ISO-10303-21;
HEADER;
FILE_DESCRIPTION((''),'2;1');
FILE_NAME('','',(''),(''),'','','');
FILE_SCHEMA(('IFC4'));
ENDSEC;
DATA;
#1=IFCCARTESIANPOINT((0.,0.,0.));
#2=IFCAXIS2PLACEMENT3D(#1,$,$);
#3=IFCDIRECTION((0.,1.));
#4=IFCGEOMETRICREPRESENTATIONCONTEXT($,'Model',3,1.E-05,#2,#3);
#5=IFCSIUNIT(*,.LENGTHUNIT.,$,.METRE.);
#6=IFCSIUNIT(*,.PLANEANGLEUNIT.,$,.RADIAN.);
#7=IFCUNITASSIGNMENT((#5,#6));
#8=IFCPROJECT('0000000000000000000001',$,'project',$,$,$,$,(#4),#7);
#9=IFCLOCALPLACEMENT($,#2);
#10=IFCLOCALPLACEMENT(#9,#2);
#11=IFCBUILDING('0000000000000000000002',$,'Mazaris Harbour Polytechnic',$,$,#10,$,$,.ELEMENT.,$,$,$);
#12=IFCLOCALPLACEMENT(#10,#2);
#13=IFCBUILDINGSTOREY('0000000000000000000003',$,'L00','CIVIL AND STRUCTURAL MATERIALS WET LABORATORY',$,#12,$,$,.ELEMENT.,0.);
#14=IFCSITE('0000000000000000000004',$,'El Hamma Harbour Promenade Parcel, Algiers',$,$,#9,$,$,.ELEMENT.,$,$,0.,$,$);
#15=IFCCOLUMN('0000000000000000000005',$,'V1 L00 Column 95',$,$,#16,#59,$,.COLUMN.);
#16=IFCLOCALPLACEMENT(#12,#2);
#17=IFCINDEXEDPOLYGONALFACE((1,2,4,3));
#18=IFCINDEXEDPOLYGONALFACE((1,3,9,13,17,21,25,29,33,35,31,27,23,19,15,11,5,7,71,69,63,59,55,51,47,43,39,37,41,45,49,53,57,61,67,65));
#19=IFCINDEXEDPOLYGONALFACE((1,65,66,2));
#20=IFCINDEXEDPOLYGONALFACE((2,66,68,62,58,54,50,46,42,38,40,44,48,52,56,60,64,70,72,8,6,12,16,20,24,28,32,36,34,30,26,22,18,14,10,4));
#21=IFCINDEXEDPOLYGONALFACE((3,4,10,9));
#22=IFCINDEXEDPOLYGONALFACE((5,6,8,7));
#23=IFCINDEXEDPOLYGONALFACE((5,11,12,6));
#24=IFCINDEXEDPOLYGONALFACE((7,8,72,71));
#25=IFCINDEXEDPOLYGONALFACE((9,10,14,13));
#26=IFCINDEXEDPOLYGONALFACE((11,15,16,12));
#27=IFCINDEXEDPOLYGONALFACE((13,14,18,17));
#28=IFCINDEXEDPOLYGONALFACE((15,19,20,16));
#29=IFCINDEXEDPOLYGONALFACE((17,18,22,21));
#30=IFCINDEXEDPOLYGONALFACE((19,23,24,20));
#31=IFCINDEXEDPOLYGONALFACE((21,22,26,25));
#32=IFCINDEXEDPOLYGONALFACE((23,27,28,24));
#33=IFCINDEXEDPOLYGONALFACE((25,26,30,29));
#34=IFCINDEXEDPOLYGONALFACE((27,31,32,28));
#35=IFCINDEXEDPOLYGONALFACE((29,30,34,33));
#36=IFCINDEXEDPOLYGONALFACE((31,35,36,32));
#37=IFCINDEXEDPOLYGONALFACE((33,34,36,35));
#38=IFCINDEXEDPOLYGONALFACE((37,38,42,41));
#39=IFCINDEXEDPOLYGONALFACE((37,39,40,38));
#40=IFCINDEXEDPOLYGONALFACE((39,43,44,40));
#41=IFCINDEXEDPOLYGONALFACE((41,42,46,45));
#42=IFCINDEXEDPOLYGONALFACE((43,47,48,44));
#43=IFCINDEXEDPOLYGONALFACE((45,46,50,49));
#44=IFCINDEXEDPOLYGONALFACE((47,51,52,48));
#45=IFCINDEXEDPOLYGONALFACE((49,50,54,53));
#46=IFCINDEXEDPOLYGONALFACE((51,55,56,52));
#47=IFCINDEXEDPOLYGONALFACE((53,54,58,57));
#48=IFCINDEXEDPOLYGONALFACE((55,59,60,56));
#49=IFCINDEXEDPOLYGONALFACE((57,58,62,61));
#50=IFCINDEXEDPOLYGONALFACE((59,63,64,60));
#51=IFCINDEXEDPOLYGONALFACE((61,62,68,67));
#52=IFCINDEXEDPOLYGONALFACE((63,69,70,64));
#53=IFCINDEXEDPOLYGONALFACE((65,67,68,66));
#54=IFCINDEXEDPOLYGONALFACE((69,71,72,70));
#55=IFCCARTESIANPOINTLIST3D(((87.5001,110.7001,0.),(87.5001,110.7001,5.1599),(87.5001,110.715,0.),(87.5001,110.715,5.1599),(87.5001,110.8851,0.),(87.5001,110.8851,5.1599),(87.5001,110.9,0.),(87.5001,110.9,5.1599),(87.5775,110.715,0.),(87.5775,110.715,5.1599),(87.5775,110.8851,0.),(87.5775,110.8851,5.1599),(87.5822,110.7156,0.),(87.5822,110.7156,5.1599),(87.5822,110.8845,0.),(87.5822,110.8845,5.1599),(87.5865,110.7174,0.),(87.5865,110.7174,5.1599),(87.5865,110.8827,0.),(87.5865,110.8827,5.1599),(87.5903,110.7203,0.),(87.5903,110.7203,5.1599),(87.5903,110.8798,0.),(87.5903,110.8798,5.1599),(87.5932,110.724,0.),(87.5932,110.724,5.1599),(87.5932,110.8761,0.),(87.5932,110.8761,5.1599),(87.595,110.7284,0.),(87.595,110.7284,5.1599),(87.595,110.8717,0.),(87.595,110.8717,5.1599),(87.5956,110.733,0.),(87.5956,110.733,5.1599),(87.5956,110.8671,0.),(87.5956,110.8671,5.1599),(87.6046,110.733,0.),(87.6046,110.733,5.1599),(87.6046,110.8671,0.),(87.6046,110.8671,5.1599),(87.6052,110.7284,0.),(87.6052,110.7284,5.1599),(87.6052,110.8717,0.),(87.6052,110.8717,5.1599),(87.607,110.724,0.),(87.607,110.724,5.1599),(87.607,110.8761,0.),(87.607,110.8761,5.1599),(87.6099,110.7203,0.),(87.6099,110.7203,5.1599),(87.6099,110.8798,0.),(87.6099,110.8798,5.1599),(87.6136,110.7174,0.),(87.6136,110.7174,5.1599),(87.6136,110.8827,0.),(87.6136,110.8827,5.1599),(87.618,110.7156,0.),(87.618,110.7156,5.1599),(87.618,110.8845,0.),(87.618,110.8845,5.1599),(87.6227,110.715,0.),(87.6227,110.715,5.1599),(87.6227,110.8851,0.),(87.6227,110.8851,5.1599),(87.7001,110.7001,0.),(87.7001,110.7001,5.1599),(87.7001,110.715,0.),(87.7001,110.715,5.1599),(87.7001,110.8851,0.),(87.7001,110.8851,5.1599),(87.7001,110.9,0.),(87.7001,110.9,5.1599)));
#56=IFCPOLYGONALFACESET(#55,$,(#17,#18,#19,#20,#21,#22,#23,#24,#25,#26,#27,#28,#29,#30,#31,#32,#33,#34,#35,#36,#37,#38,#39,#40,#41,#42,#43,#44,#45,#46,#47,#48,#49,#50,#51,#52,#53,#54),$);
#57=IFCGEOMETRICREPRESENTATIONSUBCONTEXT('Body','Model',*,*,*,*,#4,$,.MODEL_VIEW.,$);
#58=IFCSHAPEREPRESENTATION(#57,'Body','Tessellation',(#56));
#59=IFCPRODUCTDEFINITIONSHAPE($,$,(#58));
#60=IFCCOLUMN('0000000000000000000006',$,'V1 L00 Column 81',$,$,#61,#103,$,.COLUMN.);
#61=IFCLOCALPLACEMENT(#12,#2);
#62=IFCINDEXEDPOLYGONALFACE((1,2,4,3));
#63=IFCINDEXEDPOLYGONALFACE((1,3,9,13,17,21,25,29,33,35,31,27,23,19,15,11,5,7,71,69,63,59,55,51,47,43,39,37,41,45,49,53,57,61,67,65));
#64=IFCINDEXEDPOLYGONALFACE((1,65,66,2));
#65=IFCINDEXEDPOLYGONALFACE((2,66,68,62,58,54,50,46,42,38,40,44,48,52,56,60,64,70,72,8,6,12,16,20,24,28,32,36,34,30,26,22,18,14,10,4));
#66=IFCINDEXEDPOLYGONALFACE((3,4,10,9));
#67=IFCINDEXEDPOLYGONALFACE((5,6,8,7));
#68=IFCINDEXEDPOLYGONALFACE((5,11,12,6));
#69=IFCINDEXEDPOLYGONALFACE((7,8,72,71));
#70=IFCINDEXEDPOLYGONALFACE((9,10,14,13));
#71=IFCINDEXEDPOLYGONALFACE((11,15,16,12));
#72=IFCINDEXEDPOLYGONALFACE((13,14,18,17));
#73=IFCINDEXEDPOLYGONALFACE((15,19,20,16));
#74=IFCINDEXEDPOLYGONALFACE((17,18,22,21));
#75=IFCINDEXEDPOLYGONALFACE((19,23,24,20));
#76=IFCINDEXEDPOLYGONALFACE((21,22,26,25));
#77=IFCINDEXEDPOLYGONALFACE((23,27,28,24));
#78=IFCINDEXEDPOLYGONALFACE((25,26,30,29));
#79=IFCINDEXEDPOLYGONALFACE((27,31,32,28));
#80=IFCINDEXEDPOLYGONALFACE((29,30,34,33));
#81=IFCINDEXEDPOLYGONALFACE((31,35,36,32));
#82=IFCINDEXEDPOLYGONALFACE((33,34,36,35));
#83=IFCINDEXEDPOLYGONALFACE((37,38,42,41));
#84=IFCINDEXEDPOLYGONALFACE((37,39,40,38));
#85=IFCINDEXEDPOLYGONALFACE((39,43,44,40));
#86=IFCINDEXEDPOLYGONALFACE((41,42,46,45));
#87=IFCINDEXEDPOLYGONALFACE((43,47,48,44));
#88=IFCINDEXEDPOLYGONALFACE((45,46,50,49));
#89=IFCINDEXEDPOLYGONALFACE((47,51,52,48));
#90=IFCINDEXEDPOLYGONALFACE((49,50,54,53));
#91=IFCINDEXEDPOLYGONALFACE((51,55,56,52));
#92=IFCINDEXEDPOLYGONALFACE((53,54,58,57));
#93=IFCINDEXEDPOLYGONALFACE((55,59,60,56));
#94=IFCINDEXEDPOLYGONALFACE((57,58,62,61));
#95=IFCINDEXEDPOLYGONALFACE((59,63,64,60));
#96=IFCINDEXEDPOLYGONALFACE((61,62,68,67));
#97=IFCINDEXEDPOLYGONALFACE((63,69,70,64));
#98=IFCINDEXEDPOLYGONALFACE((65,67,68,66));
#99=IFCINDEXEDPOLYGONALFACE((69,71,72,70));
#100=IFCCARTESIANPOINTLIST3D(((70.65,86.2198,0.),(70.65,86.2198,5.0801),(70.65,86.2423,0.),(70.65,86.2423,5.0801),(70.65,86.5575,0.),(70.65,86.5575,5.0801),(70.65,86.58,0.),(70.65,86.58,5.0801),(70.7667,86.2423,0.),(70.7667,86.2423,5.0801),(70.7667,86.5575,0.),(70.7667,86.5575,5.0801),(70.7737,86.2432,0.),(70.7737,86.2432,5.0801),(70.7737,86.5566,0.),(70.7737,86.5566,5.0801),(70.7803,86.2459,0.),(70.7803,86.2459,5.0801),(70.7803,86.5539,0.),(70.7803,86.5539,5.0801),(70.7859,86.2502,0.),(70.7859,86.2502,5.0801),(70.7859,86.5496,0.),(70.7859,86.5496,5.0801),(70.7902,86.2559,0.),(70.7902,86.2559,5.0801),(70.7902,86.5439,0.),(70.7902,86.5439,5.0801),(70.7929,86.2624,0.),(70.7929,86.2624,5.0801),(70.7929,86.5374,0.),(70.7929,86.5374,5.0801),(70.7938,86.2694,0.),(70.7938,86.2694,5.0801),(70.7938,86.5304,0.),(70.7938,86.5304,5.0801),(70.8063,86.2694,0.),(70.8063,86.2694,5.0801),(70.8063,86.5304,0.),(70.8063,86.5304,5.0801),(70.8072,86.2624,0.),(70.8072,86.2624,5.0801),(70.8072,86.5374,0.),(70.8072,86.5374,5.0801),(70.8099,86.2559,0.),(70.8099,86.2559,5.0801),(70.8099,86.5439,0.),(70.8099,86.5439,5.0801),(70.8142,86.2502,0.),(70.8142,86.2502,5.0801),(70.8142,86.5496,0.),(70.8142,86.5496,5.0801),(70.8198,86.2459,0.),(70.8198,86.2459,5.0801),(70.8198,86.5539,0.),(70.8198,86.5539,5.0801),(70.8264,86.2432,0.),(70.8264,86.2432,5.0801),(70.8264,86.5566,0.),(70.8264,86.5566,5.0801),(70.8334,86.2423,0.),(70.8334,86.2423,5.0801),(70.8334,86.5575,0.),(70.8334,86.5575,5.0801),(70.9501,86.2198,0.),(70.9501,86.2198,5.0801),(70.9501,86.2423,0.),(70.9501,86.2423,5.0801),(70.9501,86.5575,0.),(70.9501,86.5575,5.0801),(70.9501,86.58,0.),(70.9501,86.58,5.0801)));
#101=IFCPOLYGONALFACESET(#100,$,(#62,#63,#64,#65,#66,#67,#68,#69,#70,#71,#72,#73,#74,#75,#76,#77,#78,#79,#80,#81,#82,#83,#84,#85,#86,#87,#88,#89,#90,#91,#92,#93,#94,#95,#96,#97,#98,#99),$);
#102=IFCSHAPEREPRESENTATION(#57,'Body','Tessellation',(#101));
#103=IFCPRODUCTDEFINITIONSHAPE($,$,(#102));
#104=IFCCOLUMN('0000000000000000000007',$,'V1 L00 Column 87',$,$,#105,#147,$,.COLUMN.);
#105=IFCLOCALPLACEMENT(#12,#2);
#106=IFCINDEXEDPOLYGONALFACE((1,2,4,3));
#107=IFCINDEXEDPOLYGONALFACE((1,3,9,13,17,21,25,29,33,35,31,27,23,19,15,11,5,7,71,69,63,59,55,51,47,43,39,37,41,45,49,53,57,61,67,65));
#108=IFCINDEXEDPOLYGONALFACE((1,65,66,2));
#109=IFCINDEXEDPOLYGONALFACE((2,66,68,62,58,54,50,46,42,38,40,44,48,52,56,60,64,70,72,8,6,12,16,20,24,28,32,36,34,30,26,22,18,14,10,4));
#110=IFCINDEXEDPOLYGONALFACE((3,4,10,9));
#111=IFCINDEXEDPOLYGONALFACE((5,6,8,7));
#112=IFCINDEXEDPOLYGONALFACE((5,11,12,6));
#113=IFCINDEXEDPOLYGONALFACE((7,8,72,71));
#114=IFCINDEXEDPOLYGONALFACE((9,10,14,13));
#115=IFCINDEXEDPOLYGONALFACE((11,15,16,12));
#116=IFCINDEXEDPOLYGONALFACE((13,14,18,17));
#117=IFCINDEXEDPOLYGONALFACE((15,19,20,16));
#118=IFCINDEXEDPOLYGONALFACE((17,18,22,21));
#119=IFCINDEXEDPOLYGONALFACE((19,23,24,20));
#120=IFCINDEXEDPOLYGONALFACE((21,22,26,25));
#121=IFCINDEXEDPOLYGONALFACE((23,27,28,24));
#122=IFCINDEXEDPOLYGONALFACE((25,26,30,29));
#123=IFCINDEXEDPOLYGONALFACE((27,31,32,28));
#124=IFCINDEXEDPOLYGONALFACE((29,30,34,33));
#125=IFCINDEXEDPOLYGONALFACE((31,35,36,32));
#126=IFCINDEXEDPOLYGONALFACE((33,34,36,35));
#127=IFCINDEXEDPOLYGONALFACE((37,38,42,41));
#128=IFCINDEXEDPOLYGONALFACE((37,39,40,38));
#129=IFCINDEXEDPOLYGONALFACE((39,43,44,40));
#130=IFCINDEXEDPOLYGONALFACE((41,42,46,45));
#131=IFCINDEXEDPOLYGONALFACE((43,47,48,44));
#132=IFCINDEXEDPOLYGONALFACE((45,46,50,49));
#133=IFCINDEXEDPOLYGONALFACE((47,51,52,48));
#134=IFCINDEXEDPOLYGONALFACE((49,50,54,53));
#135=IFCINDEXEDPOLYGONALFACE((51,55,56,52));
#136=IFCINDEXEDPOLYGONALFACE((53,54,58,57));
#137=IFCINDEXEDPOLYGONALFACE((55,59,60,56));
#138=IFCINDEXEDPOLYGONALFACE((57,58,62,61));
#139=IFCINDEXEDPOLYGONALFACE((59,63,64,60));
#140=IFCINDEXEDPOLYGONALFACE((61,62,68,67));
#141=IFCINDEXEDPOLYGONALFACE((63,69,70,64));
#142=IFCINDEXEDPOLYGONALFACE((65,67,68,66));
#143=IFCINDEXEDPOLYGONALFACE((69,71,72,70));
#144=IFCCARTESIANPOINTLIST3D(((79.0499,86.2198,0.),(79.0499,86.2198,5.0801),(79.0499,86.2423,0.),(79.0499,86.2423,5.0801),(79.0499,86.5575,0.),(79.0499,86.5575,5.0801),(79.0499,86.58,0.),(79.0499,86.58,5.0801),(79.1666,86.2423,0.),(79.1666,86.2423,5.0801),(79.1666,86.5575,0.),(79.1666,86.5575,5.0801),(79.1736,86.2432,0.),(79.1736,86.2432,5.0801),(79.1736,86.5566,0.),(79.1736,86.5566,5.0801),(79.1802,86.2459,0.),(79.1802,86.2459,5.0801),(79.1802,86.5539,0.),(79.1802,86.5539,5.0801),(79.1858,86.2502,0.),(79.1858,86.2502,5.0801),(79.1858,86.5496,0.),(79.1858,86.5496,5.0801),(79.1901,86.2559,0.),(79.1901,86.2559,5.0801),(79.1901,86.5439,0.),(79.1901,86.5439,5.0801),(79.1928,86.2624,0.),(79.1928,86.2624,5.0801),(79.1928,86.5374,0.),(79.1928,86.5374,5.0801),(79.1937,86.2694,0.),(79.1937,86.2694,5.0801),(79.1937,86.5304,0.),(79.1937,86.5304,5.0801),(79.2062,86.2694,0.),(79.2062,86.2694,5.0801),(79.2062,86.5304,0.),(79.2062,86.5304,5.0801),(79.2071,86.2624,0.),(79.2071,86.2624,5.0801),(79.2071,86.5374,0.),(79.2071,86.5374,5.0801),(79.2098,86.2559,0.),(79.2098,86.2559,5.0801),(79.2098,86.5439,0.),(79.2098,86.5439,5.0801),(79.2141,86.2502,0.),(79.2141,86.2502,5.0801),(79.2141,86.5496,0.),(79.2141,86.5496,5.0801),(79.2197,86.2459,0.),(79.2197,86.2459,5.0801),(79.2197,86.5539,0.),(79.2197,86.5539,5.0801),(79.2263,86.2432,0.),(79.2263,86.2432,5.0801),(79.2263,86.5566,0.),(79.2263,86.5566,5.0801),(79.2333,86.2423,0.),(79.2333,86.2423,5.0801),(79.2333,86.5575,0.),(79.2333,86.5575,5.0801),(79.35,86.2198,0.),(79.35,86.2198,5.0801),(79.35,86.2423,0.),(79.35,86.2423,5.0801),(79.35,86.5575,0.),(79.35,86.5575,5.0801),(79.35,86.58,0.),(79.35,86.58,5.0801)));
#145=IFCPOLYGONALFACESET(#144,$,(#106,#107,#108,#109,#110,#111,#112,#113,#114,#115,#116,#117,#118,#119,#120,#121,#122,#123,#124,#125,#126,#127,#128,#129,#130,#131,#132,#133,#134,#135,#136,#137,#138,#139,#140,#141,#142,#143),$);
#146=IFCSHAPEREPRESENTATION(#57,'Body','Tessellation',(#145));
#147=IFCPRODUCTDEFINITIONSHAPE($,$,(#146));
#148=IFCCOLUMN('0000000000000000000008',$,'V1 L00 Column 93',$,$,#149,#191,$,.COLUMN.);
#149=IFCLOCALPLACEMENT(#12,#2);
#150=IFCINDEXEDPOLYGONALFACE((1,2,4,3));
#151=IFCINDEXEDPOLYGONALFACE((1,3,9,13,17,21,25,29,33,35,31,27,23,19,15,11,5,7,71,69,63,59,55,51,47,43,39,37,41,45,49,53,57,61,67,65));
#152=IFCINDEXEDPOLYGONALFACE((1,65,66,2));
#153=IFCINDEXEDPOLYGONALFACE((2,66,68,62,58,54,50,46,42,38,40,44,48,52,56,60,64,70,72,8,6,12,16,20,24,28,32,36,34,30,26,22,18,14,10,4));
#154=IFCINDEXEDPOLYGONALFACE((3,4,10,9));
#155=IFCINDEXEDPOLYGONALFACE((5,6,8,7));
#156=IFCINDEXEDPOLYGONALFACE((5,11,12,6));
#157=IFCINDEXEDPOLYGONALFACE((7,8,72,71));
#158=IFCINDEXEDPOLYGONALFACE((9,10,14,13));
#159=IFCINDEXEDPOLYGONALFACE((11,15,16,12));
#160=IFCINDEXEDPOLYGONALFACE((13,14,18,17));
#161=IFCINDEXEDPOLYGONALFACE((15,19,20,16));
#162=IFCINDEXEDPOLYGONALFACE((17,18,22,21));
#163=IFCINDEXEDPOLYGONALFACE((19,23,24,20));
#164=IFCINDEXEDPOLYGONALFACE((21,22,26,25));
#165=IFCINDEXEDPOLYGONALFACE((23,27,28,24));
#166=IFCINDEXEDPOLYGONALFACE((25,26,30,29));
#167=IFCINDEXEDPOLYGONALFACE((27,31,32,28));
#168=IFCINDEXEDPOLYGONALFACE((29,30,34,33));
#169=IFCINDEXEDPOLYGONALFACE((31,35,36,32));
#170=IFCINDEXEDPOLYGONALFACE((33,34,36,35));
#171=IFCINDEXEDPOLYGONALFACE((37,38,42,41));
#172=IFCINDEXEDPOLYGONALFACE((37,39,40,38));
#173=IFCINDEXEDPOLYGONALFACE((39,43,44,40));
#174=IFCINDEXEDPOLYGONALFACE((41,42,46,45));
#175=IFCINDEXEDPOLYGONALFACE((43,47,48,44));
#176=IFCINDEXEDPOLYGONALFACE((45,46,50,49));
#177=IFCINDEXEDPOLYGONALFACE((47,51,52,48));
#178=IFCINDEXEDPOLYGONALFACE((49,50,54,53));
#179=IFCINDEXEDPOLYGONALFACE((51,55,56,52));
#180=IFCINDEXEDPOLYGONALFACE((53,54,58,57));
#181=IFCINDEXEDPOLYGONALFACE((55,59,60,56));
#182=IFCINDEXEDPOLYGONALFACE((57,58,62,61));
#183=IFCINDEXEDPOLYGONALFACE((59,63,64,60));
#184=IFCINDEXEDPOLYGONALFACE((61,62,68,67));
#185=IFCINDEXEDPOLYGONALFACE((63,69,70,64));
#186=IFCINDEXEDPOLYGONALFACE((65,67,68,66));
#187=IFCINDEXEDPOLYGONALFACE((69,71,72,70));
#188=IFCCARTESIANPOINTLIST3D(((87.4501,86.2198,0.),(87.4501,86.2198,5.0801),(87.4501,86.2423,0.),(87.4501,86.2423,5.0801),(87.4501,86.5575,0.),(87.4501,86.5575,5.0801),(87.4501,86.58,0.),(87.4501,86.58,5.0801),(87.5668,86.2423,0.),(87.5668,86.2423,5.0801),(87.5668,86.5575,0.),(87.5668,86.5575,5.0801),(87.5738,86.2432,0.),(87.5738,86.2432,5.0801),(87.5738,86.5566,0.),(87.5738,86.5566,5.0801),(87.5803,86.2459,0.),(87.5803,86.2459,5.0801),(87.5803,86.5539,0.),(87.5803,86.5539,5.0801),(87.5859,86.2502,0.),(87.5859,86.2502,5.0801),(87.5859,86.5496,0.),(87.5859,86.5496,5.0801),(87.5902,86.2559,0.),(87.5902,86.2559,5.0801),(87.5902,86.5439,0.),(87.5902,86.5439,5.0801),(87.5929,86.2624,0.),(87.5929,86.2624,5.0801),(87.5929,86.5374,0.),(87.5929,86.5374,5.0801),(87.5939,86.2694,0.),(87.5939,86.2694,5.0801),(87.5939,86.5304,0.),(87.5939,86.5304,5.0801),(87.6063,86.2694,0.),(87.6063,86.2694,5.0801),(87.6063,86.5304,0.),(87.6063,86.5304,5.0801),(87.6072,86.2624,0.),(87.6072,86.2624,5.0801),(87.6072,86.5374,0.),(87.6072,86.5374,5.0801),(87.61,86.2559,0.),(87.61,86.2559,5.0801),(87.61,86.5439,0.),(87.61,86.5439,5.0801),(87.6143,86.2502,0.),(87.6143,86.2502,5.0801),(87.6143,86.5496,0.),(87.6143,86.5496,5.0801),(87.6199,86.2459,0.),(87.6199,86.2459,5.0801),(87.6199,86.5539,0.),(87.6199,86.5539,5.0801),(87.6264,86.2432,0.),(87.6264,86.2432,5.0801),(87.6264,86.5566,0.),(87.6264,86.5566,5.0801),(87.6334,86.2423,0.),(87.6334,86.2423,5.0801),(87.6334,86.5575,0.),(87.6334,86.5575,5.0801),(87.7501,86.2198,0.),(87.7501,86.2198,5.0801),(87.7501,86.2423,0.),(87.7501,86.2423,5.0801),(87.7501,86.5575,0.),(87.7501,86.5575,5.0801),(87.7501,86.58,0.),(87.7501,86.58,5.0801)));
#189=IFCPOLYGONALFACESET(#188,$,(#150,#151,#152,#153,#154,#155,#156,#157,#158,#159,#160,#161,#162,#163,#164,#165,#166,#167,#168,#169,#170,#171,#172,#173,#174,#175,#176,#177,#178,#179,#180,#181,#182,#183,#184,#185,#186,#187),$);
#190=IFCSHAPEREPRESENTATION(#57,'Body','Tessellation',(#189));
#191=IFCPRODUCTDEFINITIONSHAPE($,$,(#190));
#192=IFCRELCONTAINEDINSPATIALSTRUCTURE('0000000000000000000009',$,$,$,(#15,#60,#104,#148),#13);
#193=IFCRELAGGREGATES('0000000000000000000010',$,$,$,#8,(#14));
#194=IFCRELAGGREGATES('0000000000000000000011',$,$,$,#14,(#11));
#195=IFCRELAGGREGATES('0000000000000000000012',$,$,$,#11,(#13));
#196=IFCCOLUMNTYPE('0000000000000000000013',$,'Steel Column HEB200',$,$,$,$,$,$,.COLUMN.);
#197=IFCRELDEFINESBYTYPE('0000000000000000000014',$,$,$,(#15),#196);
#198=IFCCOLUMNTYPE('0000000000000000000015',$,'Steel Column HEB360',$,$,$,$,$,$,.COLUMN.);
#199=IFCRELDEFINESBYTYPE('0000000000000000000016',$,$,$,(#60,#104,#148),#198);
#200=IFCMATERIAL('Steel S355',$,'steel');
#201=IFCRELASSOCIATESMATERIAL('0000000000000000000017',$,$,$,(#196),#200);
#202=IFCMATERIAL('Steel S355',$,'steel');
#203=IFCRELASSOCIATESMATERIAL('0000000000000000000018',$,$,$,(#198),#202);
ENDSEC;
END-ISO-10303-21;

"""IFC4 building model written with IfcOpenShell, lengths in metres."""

from ifc_helpers import new_model, si_unit, direction, frame, origin, origin_2d, place, context, subcontext, project, spatial, i_section, extrude, material, material_profile, profile_set, type_object, element, save


model = new_model("IFC4")

# Units and contexts
model_context = context("Model", 3, precision=1e-05, world=origin(), true_north=direction((0.0, 1.0)))
body_context = subcontext(model_context, "Body", "Model", "MODEL_VIEW")
ifc_project = project(units=[si_unit("LENGTHUNIT", "METRE"), si_unit("PLANEANGLEUNIT", "RADIAN")], contexts=[model_context])

# Site, building, storey
site_placement = place(None, origin())
site = spatial("IfcSite", under=ifc_project, at=site_placement, Name="El Hamma Harbour Promenade Parcel, Algiers", CompositionType="ELEMENT", RefElevation=0.0)
building_placement = place(site_placement, origin())
building = spatial("IfcBuilding", under=site, at=building_placement, Name="Mazaris Harbour Polytechnic", CompositionType="ELEMENT")
storey_placement = place(building_placement, origin())
storey = spatial("IfcBuildingStorey", under=building, at=storey_placement, Name="L00", Description="CIVIL AND STRUCTURAL MATERIALS WET LABORATORY", CompositionType="ELEMENT", Elevation=0.0)

# Columns
ifc_material_1 = material(Name="Steel S355", Category="steel")
ifc_material_profile_1 = material_profile(ifc_material_1, i_section(OverallWidth=0.2, OverallDepth=0.2, WebThickness=0.009, FlangeThickness=0.0149, FilletRadius=0.0181, at=origin_2d()), Name="HEB 200")
ifc_profile_set_1 = profile_set([ifc_material_profile_1], Name="Steel S355")
column_type_1 = type_object("IfcColumnType", Name="Steel Column HEB200", PredefinedType="COLUMN", material=ifc_profile_set_1)
for number, where, z_axis, x_axis, name in (
    (1, (87.6001, 110.8, 0.0), (0.0, 0.0, 1.0), (1.0, 0.0, 0.0), "V1 L00 Column 95"),
):
    element("IfcColumn", number, at=place(storey_placement, frame(where, z_axis=z_axis, x_axis=x_axis)), inside=storey, type_object=column_type_1, Name=name, PredefinedType="COLUMN", context=body_context, shape_type="SweptSolid", body=[
        extrude(i_section(OverallWidth=0.2, OverallDepth=0.2, WebThickness=0.009, FlangeThickness=0.0149, FilletRadius=0.0181, at=origin_2d()), origin(), (0.0, 0.0, 1.0), 5.1599),
    ])
ifc_material_2 = material(Name="Steel S355", Category="steel")
ifc_material_profile_2 = material_profile(ifc_material_2, i_section(OverallWidth=0.3, OverallDepth=0.3601, WebThickness=0.0125, FlangeThickness=0.0225, FilletRadius=0.0271, at=origin_2d()), Name="HEB 360")
ifc_profile_set_2 = profile_set([ifc_material_profile_2], Name="Steel S355")
column_type_2 = type_object("IfcColumnType", Name="Steel Column HEB360", PredefinedType="COLUMN", material=ifc_profile_set_2)
for number, where, z_axis, x_axis, name in (
    (2, (70.8, 86.3999, 0.0), (0.0, 0.0, 1.0), (1.0, 0.0, 0.0), "V1 L00 Column 81"),
    (3, (79.2, 86.3999, 0.0), (0.0, 0.0, 1.0), (1.0, 0.0, 0.0), "V1 L00 Column 87"),
    (4, (87.6001, 86.3999, 0.0), (0.0, 0.0, 1.0), (1.0, 0.0, 0.0), "V1 L00 Column 93"),
):
    element("IfcColumn", number, at=place(storey_placement, frame(where, z_axis=z_axis, x_axis=x_axis)), inside=storey, type_object=column_type_2, Name=name, PredefinedType="COLUMN", context=body_context, shape_type="SweptSolid", body=[
        extrude(i_section(OverallWidth=0.3, OverallDepth=0.3601, WebThickness=0.0125, FlangeThickness=0.0225, FilletRadius=0.0271, at=origin_2d()), origin(), (0.0, 0.0, 1.0), 5.0801),
    ])

save(model, "model.ifc")
